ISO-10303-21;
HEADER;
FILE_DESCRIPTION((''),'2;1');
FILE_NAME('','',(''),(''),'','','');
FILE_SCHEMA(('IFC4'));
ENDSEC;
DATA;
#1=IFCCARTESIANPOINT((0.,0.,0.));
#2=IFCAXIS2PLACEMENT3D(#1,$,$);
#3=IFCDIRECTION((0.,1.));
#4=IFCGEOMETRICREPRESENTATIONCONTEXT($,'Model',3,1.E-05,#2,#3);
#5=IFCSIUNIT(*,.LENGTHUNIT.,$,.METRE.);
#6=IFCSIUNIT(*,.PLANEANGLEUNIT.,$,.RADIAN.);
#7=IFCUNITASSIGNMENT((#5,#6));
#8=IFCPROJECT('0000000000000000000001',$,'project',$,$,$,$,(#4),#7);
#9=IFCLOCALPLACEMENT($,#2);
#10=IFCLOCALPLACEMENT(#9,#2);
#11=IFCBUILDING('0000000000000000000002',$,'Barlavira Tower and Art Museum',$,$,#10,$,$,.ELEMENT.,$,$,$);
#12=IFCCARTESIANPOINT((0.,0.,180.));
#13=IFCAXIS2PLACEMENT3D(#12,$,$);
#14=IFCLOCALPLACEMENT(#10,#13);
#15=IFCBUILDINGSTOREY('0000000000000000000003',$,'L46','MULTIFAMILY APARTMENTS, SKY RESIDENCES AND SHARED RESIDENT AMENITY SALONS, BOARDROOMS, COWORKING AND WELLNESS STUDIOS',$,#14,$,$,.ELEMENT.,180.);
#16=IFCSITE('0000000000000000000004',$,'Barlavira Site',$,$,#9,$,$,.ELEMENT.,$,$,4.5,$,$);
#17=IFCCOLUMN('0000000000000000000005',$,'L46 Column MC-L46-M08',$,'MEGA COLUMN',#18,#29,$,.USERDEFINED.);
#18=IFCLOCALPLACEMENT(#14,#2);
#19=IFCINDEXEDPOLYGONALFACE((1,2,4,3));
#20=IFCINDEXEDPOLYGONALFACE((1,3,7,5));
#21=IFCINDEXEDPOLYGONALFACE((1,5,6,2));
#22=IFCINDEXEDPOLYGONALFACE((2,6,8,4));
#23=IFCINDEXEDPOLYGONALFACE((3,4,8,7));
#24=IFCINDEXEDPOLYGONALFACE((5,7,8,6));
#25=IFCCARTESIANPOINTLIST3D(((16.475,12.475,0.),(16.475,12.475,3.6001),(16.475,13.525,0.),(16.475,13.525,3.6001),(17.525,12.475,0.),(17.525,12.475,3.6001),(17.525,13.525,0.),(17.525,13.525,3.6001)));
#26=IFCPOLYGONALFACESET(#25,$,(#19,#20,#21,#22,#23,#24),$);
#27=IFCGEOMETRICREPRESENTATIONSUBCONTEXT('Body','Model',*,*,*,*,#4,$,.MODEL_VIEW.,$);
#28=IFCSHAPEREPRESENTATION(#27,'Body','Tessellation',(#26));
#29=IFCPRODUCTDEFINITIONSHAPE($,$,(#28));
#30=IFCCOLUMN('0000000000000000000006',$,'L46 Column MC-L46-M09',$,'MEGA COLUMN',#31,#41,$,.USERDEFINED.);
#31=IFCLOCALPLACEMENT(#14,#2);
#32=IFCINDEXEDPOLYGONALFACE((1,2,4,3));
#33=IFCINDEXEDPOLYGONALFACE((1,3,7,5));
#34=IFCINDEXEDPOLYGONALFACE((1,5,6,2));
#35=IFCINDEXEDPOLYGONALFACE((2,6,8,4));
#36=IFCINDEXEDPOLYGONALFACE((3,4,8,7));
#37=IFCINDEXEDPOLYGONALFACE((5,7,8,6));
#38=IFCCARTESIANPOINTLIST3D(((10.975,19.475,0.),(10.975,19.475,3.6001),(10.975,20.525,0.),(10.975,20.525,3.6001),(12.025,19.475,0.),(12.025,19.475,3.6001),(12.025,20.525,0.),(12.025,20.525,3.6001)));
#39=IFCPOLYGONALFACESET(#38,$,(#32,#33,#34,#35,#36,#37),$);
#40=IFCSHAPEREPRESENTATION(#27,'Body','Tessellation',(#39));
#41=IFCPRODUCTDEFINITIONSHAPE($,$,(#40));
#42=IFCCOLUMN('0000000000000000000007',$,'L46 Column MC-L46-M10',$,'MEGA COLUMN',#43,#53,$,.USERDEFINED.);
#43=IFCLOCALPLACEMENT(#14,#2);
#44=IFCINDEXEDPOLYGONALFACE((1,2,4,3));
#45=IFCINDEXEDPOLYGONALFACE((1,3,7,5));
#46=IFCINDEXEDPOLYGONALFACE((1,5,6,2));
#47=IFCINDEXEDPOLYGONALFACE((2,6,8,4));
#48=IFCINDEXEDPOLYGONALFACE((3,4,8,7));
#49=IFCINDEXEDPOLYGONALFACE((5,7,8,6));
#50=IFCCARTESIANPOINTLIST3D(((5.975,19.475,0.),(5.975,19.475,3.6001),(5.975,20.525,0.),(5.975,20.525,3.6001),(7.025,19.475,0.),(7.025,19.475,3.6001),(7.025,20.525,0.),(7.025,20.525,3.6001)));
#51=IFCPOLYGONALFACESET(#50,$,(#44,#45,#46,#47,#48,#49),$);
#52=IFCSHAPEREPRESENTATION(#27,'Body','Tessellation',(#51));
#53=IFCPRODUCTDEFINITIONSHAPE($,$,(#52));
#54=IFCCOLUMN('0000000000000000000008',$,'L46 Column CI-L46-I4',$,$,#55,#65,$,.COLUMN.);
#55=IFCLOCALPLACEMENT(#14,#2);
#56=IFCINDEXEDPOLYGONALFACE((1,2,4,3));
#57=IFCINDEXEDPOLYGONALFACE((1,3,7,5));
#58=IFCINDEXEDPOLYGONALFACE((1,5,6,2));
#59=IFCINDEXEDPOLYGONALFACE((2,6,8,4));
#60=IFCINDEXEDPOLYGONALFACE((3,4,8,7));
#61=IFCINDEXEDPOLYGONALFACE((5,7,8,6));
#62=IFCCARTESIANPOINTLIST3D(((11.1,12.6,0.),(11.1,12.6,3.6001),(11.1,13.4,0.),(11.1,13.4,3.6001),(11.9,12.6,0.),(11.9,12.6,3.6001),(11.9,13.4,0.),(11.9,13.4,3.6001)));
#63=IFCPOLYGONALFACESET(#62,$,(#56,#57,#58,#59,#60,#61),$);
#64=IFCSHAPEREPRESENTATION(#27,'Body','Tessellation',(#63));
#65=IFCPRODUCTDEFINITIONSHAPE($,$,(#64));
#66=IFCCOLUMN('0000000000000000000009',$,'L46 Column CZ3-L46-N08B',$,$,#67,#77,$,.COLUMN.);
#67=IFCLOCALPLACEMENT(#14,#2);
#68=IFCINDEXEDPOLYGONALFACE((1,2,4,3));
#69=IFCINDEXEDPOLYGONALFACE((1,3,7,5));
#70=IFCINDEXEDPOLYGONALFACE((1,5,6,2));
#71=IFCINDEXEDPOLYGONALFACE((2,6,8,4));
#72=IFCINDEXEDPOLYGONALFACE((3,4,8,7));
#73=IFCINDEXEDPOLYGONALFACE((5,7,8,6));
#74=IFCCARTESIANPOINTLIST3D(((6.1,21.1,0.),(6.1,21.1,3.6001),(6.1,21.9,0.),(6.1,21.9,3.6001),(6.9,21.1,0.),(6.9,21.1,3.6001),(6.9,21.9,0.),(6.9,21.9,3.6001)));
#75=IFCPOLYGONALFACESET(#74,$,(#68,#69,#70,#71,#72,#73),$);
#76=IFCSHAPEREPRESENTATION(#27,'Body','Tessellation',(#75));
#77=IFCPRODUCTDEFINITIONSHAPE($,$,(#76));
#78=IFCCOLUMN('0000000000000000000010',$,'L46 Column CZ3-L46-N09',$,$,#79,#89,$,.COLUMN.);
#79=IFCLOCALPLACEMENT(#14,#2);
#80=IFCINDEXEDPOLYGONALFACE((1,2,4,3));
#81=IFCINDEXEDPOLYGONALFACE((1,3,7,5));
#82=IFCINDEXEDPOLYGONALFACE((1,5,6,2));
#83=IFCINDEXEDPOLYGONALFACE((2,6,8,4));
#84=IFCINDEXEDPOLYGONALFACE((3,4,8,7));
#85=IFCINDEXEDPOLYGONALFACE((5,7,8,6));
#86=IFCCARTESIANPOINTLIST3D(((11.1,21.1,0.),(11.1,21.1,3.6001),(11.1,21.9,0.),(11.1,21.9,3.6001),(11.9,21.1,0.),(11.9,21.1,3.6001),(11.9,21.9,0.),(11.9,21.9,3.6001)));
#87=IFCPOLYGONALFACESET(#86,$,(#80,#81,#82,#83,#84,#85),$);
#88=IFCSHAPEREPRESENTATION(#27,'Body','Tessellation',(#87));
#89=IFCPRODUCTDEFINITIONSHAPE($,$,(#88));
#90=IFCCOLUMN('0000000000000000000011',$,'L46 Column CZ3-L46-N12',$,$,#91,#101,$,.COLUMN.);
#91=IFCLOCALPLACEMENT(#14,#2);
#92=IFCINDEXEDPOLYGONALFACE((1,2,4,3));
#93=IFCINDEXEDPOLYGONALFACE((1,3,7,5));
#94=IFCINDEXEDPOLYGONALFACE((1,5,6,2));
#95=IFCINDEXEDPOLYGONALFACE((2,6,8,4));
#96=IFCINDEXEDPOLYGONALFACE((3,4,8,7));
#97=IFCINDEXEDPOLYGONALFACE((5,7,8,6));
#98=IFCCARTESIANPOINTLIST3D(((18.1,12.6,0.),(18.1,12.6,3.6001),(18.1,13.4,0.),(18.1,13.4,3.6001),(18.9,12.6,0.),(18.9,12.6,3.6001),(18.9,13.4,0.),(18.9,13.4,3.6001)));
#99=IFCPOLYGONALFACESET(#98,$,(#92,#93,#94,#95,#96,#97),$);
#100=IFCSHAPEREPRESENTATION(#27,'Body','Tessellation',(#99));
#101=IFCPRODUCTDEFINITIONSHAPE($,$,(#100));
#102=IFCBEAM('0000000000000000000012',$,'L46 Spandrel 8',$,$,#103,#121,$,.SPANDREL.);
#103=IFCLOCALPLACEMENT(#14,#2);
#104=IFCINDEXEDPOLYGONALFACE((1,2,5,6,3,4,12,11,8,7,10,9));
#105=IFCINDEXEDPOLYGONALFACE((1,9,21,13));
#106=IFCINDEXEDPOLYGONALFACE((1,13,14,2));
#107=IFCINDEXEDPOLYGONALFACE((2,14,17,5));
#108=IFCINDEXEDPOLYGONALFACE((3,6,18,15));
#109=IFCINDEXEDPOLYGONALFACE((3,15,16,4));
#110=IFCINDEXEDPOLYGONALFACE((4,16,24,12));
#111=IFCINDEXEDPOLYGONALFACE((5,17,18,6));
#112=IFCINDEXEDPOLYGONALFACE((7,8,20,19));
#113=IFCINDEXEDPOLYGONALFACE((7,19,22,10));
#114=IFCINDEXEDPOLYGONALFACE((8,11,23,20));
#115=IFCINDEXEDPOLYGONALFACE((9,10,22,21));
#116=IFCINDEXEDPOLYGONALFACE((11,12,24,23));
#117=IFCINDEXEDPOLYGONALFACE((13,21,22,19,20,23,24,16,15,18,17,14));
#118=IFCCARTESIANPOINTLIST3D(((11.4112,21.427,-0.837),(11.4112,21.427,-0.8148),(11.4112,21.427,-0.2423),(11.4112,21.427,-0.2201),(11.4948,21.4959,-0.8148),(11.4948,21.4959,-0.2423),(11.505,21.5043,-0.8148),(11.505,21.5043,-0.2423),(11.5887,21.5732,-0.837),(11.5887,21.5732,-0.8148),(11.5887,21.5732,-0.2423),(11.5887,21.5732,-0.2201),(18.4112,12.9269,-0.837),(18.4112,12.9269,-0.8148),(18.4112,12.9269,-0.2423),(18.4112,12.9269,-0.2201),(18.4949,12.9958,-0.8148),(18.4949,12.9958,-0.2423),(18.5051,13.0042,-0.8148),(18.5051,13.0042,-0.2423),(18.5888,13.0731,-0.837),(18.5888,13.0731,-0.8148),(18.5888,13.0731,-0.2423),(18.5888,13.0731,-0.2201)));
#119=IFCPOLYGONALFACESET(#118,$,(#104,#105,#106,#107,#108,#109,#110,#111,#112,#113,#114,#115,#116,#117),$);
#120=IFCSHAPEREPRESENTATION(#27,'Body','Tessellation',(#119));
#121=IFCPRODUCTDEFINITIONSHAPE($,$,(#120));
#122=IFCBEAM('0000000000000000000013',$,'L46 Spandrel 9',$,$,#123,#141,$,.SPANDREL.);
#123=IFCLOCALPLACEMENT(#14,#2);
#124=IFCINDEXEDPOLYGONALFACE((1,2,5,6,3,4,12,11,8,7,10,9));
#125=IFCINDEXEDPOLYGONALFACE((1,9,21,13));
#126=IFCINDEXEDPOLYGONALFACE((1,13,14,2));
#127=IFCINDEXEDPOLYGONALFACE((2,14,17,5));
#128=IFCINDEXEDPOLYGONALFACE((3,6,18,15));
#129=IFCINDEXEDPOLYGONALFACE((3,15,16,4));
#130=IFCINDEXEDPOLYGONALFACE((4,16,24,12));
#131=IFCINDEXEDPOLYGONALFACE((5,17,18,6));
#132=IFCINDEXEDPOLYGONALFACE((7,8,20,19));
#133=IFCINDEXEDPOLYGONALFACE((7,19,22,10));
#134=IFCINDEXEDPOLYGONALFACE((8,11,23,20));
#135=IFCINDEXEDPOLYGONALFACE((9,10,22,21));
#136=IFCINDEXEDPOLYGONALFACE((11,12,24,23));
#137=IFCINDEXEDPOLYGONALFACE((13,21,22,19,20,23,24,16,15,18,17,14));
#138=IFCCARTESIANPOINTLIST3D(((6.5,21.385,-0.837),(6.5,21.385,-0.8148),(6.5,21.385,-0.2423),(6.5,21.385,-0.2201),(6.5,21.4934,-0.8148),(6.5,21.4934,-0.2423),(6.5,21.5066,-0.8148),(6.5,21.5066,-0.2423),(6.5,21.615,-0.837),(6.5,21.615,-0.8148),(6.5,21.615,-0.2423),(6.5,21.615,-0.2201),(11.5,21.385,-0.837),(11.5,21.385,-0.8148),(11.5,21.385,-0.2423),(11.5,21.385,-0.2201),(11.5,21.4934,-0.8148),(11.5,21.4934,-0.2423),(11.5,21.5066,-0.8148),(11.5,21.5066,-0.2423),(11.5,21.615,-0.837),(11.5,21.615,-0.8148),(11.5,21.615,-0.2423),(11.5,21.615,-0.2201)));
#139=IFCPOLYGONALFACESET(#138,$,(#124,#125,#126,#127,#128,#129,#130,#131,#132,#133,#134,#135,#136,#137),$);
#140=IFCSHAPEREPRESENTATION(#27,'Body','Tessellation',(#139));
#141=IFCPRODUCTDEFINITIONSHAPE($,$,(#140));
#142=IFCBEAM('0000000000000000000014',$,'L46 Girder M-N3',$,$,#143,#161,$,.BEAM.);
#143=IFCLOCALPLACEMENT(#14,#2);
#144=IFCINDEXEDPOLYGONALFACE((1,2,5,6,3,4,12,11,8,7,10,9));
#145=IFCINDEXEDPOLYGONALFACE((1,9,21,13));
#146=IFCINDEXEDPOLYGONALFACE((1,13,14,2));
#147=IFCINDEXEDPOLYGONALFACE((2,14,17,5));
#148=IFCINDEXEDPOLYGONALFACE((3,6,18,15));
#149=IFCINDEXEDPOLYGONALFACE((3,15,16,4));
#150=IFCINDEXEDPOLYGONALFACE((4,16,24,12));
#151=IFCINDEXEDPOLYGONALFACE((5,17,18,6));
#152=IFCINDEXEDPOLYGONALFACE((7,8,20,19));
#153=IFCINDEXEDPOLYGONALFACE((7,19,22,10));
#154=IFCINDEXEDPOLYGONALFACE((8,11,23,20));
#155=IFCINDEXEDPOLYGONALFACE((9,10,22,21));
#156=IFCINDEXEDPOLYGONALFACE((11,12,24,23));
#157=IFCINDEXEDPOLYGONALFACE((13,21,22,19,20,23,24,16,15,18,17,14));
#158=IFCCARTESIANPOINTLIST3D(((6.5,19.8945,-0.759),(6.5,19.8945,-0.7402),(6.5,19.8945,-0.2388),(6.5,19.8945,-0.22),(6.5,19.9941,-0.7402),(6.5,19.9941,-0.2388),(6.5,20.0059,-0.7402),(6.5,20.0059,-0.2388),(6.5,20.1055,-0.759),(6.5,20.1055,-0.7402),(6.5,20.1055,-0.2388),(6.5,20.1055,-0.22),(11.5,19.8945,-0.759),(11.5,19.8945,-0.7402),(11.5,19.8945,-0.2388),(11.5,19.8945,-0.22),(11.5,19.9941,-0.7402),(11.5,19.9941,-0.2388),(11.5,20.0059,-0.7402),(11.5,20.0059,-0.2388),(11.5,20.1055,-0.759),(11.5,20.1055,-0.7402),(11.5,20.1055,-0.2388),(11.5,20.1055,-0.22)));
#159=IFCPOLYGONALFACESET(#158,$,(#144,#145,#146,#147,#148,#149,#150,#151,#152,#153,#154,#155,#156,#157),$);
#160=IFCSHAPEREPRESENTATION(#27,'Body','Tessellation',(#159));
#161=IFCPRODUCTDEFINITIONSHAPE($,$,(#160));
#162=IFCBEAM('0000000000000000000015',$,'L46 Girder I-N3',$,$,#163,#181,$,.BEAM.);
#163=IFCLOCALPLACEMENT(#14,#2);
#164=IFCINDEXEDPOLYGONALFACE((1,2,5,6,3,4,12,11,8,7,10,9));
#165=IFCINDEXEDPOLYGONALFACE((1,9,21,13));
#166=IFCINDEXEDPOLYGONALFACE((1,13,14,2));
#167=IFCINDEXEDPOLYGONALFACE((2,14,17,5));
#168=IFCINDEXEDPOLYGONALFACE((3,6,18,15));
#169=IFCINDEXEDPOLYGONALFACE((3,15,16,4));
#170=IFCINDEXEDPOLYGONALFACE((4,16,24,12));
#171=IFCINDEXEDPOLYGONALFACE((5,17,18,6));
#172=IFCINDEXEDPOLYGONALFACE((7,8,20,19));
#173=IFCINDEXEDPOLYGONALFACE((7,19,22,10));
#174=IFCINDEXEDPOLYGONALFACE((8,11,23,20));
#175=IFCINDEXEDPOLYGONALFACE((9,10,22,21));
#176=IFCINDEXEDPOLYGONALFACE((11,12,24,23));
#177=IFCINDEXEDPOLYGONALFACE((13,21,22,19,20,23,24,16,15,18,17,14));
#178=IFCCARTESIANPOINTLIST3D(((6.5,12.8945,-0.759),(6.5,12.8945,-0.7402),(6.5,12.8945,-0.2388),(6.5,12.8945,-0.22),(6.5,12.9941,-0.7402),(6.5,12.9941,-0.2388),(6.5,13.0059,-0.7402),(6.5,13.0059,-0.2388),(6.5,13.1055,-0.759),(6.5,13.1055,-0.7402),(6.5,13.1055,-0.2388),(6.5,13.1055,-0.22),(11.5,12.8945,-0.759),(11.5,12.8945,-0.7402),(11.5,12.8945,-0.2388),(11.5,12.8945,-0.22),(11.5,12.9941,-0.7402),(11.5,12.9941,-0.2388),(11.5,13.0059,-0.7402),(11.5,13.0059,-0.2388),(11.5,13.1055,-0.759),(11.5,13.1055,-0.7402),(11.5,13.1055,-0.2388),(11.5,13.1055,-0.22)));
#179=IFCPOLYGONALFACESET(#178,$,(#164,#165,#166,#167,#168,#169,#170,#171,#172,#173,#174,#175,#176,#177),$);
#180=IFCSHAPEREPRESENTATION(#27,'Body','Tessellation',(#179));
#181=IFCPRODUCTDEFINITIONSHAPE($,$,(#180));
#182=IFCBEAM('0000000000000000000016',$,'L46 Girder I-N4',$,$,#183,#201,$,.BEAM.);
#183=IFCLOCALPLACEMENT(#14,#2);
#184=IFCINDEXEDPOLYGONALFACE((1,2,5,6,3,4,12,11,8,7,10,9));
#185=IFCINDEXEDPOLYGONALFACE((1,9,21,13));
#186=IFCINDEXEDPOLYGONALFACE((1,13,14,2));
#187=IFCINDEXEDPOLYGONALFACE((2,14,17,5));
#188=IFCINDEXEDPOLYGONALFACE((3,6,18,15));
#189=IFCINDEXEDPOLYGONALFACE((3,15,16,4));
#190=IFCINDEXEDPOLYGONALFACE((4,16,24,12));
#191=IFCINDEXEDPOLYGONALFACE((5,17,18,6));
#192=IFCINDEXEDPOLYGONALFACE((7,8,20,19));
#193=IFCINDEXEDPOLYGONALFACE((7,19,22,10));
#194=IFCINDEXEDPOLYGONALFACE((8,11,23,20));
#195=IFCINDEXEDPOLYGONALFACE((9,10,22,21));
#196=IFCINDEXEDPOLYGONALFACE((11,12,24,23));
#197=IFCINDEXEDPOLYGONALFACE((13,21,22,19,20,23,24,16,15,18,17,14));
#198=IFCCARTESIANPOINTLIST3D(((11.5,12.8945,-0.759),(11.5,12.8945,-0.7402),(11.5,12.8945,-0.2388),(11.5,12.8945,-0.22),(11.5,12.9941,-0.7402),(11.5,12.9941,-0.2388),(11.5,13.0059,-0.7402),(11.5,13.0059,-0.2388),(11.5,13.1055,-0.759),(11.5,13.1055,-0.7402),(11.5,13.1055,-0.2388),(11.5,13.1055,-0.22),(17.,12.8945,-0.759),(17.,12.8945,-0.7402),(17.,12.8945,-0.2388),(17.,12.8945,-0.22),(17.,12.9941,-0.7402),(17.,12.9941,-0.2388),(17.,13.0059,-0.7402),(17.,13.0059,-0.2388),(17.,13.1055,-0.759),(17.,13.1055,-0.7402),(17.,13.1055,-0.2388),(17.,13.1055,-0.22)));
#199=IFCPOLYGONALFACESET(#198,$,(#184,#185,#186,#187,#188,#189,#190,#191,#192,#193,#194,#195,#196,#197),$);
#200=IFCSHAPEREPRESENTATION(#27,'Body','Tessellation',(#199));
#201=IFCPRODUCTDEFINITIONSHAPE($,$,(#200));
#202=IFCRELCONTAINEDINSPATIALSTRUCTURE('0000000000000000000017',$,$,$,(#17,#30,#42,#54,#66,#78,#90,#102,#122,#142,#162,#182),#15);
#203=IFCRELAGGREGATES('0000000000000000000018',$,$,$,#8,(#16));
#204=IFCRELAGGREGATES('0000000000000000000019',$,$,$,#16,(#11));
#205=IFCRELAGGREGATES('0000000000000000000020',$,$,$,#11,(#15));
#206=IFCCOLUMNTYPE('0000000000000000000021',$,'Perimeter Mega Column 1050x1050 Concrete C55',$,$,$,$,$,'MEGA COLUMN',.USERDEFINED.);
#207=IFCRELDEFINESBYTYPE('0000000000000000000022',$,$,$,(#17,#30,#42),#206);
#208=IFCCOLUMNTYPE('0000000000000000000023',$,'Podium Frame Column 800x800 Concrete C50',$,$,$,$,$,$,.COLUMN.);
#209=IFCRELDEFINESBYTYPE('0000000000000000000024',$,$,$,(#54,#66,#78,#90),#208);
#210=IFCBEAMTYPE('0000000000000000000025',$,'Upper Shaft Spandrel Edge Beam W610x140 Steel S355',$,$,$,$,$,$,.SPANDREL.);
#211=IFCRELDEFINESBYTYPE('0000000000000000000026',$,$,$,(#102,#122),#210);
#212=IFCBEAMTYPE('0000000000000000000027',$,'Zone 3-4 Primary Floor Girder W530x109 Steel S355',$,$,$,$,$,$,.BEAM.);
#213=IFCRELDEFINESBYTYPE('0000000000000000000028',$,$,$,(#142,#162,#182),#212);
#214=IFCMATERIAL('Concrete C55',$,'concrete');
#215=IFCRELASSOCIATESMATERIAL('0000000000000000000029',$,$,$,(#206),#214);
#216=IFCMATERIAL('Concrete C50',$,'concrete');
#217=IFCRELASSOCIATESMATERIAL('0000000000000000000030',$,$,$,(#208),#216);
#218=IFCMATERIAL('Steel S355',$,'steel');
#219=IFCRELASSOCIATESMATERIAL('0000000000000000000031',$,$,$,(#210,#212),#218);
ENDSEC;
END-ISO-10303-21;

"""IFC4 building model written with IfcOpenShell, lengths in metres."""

from ifc_helpers import new_model, si_unit, direction, frame, origin, origin_2d, place, context, subcontext, project, spatial, rectangle, i_section, extrude, material, material_profile, profile_set, type_object, element, save


model = new_model("IFC4")

# Units and contexts
model_context = context("Model", 3, precision=1e-05, world=origin(), true_north=direction((0.0, 1.0)))
body_context = subcontext(model_context, "Body", "Model", "MODEL_VIEW")
ifc_project = project(units=[si_unit("LENGTHUNIT", "METRE"), si_unit("PLANEANGLEUNIT", "RADIAN")], contexts=[model_context])

# Site, building, storey
site_placement = place(None, origin())
site = spatial("IfcSite", under=ifc_project, at=site_placement, Name="Barlavira Site", CompositionType="ELEMENT", RefElevation=4.5)
building_placement = place(site_placement, origin())
building = spatial("IfcBuilding", under=site, at=building_placement, Name="Barlavira Tower and Art Museum", CompositionType="ELEMENT")
storey_placement = place(building_placement, frame((0.0, 0.0, 180.0)))
storey = spatial("IfcBuildingStorey", under=building, at=storey_placement, Name="L46", Description="MULTIFAMILY APARTMENTS, SKY RESIDENCES AND SHARED RESIDENT AMENITY SALONS, BOARDROOMS, COWORKING AND WELLNESS STUDIOS", CompositionType="ELEMENT", Elevation=180.0)

# Columns
ifc_material_1 = material(Name="Concrete C55", Category="concrete")
ifc_material_profile_1 = material_profile(ifc_material_1, rectangle(XDim=1.05, YDim=1.05, at=origin_2d()), Name="RC-COL 1050x1050")
ifc_profile_set_1 = profile_set([ifc_material_profile_1], Name="Concrete C55")
column_type_1 = type_object("IfcColumnType", Name="Perimeter Mega Column 1050x1050 Concrete C55", ElementType="MEGA COLUMN", PredefinedType="USERDEFINED", material=ifc_profile_set_1)
for number, where, z_axis, x_axis, name in (
    (1, (17.0, 13.0, 0.0), (0.0, 0.0, 1.0), (1.0, 0.0, 0.0), "L46 Column MC-L46-M08"),
    (2, (11.5, 20.0, 0.0), (0.0, 0.0, 1.0), (1.0, 0.0, 0.0), "L46 Column MC-L46-M09"),
    (3, (6.5, 20.0, 0.0), (0.0, 0.0, 1.0), (1.0, 0.0, 0.0), "L46 Column MC-L46-M10"),
):
    element("IfcColumn", number, at=place(storey_placement, frame(where, z_axis=z_axis, x_axis=x_axis)), inside=storey, type_object=column_type_1, Name=name, ObjectType="MEGA COLUMN", PredefinedType="USERDEFINED", context=body_context, shape_type="SweptSolid", body=[
        extrude(rectangle(XDim=1.05, YDim=1.05, at=origin_2d()), origin(), (0.0, 0.0, 1.0), 3.6001),
    ])
ifc_material_2 = material(Name="Concrete C50", Category="concrete")
ifc_material_profile_2 = material_profile(ifc_material_2, rectangle(XDim=0.8, YDim=0.8, at=origin_2d()), Name="RC-COL 800x800")
ifc_profile_set_2 = profile_set([ifc_material_profile_2], Name="Concrete C50")
column_type_2 = type_object("IfcColumnType", Name="Podium Frame Column 800x800 Concrete C50", PredefinedType="COLUMN", material=ifc_profile_set_2)
for number, where, z_axis, x_axis, name in (
    (4, (11.5, 13.0, 0.0), (0.0, 0.0, 1.0), (1.0, 0.0, 0.0), "L46 Column CI-L46-I4"),
    (5, (6.5, 21.5, 0.0), (0.0, 0.0, 1.0), (1.0, 0.0, 0.0), "L46 Column CZ3-L46-N08B"),
    (6, (11.5, 21.5, 0.0), (0.0, 0.0, 1.0), (1.0, 0.0, 0.0), "L46 Column CZ3-L46-N09"),
    (7, (18.5, 13.0, 0.0), (0.0, 0.0, 1.0), (1.0, 0.0, 0.0), "L46 Column CZ3-L46-N12"),
):
    element("IfcColumn", number, at=place(storey_placement, frame(where, z_axis=z_axis, x_axis=x_axis)), inside=storey, type_object=column_type_2, Name=name, PredefinedType="COLUMN", context=body_context, shape_type="SweptSolid", body=[
        extrude(rectangle(XDim=0.8, YDim=0.8, at=origin_2d()), origin(), (0.0, 0.0, 1.0), 3.6001),
    ])

# Beams
ifc_material_3 = material(Name="Steel S355", Category="steel")
ifc_material_profile_3 = material_profile(ifc_material_3, i_section(OverallWidth=0.23, OverallDepth=0.6169, WebThickness=0.0132, FlangeThickness=0.0222, at=origin_2d()), Name="W610x140.0")
ifc_profile_set_3 = profile_set([ifc_material_profile_3], Name="Steel S355")
beam_type_1 = type_object("IfcBeamType", Name="Upper Shaft Spandrel Edge Beam W610x140 Steel S355", PredefinedType="SPANDREL", material=ifc_profile_set_3)
beam_1_placement = place(storey_placement, frame((18.5, 13.0, -0.5286), z_axis=(-0.635707, 0.77193, 0.0), x_axis=(-0.77193, -0.635707, 0.0)))
element("IfcBeam", 8, at=beam_1_placement, inside=storey, type_object=beam_type_1, Name="L46 Spandrel 8", PredefinedType="SPANDREL", context=body_context, shape_type="SweptSolid", body=[
    extrude(i_section(OverallWidth=0.23, OverallDepth=0.6169, WebThickness=0.0132, FlangeThickness=0.0222, at=origin_2d()), origin(), (0.0, 0.0, 1.0), 11.0115),
])
beam_2_placement = place(storey_placement, frame((6.5, 21.5, -0.5286), z_axis=(1.0, 0.0, 0.0), x_axis=(0.0, 1.0, 0.0)))
element("IfcBeam", 9, at=beam_2_placement, inside=storey, type_object=beam_type_1, Name="L46 Spandrel 9", PredefinedType="SPANDREL", context=body_context, shape_type="SweptSolid", body=[
    extrude(i_section(OverallWidth=0.23, OverallDepth=0.6169, WebThickness=0.0132, FlangeThickness=0.0222, at=origin_2d()), origin(), (0.0, 0.0, 1.0), 5.0),
])
ifc_material_profile_4 = material_profile(ifc_material_3, i_section(OverallWidth=0.2109, OverallDepth=0.5391, WebThickness=0.0117, FlangeThickness=0.0188, at=origin_2d()), Name="W530x109.0")
ifc_profile_set_4 = profile_set([ifc_material_profile_4], Name="Steel S355")
beam_type_2 = type_object("IfcBeamType", Name="Zone 3-4 Primary Floor Girder W530x109 Steel S355", PredefinedType="BEAM", material=ifc_profile_set_4)
for number, where, z_axis, x_axis, name in (
    (10, (6.5, 20.0, -0.4895), (1.0, 0.0, 0.0), (0.0, 1.0, 0.0), "L46 Girder M-N3"),
    (11, (6.5, 13.0, -0.4895), (1.0, 0.0, 0.0), (0.0, 1.0, 0.0), "L46 Girder I-N3"),
):
    element("IfcBeam", number, at=place(storey_placement, frame(where, z_axis=z_axis, x_axis=x_axis)), inside=storey, type_object=beam_type_2, Name=name, PredefinedType="BEAM", context=body_context, shape_type="SweptSolid", body=[
        extrude(i_section(OverallWidth=0.2109, OverallDepth=0.5391, WebThickness=0.0117, FlangeThickness=0.0188, at=origin_2d()), origin(), (0.0, 0.0, 1.0), 5.0),
    ])
beam_3_placement = place(storey_placement, frame((11.5, 13.0, -0.4895), z_axis=(1.0, 0.0, 0.0), x_axis=(0.0, 1.0, 0.0)))
element("IfcBeam", 12, at=beam_3_placement, inside=storey, type_object=beam_type_2, Name="L46 Girder I-N4", PredefinedType="BEAM", context=body_context, shape_type="SweptSolid", body=[
    extrude(i_section(OverallWidth=0.2109, OverallDepth=0.5391, WebThickness=0.0117, FlangeThickness=0.0188, at=origin_2d()), origin(), (0.0, 0.0, 1.0), 5.5),
])

save(model, "model.ifc")
